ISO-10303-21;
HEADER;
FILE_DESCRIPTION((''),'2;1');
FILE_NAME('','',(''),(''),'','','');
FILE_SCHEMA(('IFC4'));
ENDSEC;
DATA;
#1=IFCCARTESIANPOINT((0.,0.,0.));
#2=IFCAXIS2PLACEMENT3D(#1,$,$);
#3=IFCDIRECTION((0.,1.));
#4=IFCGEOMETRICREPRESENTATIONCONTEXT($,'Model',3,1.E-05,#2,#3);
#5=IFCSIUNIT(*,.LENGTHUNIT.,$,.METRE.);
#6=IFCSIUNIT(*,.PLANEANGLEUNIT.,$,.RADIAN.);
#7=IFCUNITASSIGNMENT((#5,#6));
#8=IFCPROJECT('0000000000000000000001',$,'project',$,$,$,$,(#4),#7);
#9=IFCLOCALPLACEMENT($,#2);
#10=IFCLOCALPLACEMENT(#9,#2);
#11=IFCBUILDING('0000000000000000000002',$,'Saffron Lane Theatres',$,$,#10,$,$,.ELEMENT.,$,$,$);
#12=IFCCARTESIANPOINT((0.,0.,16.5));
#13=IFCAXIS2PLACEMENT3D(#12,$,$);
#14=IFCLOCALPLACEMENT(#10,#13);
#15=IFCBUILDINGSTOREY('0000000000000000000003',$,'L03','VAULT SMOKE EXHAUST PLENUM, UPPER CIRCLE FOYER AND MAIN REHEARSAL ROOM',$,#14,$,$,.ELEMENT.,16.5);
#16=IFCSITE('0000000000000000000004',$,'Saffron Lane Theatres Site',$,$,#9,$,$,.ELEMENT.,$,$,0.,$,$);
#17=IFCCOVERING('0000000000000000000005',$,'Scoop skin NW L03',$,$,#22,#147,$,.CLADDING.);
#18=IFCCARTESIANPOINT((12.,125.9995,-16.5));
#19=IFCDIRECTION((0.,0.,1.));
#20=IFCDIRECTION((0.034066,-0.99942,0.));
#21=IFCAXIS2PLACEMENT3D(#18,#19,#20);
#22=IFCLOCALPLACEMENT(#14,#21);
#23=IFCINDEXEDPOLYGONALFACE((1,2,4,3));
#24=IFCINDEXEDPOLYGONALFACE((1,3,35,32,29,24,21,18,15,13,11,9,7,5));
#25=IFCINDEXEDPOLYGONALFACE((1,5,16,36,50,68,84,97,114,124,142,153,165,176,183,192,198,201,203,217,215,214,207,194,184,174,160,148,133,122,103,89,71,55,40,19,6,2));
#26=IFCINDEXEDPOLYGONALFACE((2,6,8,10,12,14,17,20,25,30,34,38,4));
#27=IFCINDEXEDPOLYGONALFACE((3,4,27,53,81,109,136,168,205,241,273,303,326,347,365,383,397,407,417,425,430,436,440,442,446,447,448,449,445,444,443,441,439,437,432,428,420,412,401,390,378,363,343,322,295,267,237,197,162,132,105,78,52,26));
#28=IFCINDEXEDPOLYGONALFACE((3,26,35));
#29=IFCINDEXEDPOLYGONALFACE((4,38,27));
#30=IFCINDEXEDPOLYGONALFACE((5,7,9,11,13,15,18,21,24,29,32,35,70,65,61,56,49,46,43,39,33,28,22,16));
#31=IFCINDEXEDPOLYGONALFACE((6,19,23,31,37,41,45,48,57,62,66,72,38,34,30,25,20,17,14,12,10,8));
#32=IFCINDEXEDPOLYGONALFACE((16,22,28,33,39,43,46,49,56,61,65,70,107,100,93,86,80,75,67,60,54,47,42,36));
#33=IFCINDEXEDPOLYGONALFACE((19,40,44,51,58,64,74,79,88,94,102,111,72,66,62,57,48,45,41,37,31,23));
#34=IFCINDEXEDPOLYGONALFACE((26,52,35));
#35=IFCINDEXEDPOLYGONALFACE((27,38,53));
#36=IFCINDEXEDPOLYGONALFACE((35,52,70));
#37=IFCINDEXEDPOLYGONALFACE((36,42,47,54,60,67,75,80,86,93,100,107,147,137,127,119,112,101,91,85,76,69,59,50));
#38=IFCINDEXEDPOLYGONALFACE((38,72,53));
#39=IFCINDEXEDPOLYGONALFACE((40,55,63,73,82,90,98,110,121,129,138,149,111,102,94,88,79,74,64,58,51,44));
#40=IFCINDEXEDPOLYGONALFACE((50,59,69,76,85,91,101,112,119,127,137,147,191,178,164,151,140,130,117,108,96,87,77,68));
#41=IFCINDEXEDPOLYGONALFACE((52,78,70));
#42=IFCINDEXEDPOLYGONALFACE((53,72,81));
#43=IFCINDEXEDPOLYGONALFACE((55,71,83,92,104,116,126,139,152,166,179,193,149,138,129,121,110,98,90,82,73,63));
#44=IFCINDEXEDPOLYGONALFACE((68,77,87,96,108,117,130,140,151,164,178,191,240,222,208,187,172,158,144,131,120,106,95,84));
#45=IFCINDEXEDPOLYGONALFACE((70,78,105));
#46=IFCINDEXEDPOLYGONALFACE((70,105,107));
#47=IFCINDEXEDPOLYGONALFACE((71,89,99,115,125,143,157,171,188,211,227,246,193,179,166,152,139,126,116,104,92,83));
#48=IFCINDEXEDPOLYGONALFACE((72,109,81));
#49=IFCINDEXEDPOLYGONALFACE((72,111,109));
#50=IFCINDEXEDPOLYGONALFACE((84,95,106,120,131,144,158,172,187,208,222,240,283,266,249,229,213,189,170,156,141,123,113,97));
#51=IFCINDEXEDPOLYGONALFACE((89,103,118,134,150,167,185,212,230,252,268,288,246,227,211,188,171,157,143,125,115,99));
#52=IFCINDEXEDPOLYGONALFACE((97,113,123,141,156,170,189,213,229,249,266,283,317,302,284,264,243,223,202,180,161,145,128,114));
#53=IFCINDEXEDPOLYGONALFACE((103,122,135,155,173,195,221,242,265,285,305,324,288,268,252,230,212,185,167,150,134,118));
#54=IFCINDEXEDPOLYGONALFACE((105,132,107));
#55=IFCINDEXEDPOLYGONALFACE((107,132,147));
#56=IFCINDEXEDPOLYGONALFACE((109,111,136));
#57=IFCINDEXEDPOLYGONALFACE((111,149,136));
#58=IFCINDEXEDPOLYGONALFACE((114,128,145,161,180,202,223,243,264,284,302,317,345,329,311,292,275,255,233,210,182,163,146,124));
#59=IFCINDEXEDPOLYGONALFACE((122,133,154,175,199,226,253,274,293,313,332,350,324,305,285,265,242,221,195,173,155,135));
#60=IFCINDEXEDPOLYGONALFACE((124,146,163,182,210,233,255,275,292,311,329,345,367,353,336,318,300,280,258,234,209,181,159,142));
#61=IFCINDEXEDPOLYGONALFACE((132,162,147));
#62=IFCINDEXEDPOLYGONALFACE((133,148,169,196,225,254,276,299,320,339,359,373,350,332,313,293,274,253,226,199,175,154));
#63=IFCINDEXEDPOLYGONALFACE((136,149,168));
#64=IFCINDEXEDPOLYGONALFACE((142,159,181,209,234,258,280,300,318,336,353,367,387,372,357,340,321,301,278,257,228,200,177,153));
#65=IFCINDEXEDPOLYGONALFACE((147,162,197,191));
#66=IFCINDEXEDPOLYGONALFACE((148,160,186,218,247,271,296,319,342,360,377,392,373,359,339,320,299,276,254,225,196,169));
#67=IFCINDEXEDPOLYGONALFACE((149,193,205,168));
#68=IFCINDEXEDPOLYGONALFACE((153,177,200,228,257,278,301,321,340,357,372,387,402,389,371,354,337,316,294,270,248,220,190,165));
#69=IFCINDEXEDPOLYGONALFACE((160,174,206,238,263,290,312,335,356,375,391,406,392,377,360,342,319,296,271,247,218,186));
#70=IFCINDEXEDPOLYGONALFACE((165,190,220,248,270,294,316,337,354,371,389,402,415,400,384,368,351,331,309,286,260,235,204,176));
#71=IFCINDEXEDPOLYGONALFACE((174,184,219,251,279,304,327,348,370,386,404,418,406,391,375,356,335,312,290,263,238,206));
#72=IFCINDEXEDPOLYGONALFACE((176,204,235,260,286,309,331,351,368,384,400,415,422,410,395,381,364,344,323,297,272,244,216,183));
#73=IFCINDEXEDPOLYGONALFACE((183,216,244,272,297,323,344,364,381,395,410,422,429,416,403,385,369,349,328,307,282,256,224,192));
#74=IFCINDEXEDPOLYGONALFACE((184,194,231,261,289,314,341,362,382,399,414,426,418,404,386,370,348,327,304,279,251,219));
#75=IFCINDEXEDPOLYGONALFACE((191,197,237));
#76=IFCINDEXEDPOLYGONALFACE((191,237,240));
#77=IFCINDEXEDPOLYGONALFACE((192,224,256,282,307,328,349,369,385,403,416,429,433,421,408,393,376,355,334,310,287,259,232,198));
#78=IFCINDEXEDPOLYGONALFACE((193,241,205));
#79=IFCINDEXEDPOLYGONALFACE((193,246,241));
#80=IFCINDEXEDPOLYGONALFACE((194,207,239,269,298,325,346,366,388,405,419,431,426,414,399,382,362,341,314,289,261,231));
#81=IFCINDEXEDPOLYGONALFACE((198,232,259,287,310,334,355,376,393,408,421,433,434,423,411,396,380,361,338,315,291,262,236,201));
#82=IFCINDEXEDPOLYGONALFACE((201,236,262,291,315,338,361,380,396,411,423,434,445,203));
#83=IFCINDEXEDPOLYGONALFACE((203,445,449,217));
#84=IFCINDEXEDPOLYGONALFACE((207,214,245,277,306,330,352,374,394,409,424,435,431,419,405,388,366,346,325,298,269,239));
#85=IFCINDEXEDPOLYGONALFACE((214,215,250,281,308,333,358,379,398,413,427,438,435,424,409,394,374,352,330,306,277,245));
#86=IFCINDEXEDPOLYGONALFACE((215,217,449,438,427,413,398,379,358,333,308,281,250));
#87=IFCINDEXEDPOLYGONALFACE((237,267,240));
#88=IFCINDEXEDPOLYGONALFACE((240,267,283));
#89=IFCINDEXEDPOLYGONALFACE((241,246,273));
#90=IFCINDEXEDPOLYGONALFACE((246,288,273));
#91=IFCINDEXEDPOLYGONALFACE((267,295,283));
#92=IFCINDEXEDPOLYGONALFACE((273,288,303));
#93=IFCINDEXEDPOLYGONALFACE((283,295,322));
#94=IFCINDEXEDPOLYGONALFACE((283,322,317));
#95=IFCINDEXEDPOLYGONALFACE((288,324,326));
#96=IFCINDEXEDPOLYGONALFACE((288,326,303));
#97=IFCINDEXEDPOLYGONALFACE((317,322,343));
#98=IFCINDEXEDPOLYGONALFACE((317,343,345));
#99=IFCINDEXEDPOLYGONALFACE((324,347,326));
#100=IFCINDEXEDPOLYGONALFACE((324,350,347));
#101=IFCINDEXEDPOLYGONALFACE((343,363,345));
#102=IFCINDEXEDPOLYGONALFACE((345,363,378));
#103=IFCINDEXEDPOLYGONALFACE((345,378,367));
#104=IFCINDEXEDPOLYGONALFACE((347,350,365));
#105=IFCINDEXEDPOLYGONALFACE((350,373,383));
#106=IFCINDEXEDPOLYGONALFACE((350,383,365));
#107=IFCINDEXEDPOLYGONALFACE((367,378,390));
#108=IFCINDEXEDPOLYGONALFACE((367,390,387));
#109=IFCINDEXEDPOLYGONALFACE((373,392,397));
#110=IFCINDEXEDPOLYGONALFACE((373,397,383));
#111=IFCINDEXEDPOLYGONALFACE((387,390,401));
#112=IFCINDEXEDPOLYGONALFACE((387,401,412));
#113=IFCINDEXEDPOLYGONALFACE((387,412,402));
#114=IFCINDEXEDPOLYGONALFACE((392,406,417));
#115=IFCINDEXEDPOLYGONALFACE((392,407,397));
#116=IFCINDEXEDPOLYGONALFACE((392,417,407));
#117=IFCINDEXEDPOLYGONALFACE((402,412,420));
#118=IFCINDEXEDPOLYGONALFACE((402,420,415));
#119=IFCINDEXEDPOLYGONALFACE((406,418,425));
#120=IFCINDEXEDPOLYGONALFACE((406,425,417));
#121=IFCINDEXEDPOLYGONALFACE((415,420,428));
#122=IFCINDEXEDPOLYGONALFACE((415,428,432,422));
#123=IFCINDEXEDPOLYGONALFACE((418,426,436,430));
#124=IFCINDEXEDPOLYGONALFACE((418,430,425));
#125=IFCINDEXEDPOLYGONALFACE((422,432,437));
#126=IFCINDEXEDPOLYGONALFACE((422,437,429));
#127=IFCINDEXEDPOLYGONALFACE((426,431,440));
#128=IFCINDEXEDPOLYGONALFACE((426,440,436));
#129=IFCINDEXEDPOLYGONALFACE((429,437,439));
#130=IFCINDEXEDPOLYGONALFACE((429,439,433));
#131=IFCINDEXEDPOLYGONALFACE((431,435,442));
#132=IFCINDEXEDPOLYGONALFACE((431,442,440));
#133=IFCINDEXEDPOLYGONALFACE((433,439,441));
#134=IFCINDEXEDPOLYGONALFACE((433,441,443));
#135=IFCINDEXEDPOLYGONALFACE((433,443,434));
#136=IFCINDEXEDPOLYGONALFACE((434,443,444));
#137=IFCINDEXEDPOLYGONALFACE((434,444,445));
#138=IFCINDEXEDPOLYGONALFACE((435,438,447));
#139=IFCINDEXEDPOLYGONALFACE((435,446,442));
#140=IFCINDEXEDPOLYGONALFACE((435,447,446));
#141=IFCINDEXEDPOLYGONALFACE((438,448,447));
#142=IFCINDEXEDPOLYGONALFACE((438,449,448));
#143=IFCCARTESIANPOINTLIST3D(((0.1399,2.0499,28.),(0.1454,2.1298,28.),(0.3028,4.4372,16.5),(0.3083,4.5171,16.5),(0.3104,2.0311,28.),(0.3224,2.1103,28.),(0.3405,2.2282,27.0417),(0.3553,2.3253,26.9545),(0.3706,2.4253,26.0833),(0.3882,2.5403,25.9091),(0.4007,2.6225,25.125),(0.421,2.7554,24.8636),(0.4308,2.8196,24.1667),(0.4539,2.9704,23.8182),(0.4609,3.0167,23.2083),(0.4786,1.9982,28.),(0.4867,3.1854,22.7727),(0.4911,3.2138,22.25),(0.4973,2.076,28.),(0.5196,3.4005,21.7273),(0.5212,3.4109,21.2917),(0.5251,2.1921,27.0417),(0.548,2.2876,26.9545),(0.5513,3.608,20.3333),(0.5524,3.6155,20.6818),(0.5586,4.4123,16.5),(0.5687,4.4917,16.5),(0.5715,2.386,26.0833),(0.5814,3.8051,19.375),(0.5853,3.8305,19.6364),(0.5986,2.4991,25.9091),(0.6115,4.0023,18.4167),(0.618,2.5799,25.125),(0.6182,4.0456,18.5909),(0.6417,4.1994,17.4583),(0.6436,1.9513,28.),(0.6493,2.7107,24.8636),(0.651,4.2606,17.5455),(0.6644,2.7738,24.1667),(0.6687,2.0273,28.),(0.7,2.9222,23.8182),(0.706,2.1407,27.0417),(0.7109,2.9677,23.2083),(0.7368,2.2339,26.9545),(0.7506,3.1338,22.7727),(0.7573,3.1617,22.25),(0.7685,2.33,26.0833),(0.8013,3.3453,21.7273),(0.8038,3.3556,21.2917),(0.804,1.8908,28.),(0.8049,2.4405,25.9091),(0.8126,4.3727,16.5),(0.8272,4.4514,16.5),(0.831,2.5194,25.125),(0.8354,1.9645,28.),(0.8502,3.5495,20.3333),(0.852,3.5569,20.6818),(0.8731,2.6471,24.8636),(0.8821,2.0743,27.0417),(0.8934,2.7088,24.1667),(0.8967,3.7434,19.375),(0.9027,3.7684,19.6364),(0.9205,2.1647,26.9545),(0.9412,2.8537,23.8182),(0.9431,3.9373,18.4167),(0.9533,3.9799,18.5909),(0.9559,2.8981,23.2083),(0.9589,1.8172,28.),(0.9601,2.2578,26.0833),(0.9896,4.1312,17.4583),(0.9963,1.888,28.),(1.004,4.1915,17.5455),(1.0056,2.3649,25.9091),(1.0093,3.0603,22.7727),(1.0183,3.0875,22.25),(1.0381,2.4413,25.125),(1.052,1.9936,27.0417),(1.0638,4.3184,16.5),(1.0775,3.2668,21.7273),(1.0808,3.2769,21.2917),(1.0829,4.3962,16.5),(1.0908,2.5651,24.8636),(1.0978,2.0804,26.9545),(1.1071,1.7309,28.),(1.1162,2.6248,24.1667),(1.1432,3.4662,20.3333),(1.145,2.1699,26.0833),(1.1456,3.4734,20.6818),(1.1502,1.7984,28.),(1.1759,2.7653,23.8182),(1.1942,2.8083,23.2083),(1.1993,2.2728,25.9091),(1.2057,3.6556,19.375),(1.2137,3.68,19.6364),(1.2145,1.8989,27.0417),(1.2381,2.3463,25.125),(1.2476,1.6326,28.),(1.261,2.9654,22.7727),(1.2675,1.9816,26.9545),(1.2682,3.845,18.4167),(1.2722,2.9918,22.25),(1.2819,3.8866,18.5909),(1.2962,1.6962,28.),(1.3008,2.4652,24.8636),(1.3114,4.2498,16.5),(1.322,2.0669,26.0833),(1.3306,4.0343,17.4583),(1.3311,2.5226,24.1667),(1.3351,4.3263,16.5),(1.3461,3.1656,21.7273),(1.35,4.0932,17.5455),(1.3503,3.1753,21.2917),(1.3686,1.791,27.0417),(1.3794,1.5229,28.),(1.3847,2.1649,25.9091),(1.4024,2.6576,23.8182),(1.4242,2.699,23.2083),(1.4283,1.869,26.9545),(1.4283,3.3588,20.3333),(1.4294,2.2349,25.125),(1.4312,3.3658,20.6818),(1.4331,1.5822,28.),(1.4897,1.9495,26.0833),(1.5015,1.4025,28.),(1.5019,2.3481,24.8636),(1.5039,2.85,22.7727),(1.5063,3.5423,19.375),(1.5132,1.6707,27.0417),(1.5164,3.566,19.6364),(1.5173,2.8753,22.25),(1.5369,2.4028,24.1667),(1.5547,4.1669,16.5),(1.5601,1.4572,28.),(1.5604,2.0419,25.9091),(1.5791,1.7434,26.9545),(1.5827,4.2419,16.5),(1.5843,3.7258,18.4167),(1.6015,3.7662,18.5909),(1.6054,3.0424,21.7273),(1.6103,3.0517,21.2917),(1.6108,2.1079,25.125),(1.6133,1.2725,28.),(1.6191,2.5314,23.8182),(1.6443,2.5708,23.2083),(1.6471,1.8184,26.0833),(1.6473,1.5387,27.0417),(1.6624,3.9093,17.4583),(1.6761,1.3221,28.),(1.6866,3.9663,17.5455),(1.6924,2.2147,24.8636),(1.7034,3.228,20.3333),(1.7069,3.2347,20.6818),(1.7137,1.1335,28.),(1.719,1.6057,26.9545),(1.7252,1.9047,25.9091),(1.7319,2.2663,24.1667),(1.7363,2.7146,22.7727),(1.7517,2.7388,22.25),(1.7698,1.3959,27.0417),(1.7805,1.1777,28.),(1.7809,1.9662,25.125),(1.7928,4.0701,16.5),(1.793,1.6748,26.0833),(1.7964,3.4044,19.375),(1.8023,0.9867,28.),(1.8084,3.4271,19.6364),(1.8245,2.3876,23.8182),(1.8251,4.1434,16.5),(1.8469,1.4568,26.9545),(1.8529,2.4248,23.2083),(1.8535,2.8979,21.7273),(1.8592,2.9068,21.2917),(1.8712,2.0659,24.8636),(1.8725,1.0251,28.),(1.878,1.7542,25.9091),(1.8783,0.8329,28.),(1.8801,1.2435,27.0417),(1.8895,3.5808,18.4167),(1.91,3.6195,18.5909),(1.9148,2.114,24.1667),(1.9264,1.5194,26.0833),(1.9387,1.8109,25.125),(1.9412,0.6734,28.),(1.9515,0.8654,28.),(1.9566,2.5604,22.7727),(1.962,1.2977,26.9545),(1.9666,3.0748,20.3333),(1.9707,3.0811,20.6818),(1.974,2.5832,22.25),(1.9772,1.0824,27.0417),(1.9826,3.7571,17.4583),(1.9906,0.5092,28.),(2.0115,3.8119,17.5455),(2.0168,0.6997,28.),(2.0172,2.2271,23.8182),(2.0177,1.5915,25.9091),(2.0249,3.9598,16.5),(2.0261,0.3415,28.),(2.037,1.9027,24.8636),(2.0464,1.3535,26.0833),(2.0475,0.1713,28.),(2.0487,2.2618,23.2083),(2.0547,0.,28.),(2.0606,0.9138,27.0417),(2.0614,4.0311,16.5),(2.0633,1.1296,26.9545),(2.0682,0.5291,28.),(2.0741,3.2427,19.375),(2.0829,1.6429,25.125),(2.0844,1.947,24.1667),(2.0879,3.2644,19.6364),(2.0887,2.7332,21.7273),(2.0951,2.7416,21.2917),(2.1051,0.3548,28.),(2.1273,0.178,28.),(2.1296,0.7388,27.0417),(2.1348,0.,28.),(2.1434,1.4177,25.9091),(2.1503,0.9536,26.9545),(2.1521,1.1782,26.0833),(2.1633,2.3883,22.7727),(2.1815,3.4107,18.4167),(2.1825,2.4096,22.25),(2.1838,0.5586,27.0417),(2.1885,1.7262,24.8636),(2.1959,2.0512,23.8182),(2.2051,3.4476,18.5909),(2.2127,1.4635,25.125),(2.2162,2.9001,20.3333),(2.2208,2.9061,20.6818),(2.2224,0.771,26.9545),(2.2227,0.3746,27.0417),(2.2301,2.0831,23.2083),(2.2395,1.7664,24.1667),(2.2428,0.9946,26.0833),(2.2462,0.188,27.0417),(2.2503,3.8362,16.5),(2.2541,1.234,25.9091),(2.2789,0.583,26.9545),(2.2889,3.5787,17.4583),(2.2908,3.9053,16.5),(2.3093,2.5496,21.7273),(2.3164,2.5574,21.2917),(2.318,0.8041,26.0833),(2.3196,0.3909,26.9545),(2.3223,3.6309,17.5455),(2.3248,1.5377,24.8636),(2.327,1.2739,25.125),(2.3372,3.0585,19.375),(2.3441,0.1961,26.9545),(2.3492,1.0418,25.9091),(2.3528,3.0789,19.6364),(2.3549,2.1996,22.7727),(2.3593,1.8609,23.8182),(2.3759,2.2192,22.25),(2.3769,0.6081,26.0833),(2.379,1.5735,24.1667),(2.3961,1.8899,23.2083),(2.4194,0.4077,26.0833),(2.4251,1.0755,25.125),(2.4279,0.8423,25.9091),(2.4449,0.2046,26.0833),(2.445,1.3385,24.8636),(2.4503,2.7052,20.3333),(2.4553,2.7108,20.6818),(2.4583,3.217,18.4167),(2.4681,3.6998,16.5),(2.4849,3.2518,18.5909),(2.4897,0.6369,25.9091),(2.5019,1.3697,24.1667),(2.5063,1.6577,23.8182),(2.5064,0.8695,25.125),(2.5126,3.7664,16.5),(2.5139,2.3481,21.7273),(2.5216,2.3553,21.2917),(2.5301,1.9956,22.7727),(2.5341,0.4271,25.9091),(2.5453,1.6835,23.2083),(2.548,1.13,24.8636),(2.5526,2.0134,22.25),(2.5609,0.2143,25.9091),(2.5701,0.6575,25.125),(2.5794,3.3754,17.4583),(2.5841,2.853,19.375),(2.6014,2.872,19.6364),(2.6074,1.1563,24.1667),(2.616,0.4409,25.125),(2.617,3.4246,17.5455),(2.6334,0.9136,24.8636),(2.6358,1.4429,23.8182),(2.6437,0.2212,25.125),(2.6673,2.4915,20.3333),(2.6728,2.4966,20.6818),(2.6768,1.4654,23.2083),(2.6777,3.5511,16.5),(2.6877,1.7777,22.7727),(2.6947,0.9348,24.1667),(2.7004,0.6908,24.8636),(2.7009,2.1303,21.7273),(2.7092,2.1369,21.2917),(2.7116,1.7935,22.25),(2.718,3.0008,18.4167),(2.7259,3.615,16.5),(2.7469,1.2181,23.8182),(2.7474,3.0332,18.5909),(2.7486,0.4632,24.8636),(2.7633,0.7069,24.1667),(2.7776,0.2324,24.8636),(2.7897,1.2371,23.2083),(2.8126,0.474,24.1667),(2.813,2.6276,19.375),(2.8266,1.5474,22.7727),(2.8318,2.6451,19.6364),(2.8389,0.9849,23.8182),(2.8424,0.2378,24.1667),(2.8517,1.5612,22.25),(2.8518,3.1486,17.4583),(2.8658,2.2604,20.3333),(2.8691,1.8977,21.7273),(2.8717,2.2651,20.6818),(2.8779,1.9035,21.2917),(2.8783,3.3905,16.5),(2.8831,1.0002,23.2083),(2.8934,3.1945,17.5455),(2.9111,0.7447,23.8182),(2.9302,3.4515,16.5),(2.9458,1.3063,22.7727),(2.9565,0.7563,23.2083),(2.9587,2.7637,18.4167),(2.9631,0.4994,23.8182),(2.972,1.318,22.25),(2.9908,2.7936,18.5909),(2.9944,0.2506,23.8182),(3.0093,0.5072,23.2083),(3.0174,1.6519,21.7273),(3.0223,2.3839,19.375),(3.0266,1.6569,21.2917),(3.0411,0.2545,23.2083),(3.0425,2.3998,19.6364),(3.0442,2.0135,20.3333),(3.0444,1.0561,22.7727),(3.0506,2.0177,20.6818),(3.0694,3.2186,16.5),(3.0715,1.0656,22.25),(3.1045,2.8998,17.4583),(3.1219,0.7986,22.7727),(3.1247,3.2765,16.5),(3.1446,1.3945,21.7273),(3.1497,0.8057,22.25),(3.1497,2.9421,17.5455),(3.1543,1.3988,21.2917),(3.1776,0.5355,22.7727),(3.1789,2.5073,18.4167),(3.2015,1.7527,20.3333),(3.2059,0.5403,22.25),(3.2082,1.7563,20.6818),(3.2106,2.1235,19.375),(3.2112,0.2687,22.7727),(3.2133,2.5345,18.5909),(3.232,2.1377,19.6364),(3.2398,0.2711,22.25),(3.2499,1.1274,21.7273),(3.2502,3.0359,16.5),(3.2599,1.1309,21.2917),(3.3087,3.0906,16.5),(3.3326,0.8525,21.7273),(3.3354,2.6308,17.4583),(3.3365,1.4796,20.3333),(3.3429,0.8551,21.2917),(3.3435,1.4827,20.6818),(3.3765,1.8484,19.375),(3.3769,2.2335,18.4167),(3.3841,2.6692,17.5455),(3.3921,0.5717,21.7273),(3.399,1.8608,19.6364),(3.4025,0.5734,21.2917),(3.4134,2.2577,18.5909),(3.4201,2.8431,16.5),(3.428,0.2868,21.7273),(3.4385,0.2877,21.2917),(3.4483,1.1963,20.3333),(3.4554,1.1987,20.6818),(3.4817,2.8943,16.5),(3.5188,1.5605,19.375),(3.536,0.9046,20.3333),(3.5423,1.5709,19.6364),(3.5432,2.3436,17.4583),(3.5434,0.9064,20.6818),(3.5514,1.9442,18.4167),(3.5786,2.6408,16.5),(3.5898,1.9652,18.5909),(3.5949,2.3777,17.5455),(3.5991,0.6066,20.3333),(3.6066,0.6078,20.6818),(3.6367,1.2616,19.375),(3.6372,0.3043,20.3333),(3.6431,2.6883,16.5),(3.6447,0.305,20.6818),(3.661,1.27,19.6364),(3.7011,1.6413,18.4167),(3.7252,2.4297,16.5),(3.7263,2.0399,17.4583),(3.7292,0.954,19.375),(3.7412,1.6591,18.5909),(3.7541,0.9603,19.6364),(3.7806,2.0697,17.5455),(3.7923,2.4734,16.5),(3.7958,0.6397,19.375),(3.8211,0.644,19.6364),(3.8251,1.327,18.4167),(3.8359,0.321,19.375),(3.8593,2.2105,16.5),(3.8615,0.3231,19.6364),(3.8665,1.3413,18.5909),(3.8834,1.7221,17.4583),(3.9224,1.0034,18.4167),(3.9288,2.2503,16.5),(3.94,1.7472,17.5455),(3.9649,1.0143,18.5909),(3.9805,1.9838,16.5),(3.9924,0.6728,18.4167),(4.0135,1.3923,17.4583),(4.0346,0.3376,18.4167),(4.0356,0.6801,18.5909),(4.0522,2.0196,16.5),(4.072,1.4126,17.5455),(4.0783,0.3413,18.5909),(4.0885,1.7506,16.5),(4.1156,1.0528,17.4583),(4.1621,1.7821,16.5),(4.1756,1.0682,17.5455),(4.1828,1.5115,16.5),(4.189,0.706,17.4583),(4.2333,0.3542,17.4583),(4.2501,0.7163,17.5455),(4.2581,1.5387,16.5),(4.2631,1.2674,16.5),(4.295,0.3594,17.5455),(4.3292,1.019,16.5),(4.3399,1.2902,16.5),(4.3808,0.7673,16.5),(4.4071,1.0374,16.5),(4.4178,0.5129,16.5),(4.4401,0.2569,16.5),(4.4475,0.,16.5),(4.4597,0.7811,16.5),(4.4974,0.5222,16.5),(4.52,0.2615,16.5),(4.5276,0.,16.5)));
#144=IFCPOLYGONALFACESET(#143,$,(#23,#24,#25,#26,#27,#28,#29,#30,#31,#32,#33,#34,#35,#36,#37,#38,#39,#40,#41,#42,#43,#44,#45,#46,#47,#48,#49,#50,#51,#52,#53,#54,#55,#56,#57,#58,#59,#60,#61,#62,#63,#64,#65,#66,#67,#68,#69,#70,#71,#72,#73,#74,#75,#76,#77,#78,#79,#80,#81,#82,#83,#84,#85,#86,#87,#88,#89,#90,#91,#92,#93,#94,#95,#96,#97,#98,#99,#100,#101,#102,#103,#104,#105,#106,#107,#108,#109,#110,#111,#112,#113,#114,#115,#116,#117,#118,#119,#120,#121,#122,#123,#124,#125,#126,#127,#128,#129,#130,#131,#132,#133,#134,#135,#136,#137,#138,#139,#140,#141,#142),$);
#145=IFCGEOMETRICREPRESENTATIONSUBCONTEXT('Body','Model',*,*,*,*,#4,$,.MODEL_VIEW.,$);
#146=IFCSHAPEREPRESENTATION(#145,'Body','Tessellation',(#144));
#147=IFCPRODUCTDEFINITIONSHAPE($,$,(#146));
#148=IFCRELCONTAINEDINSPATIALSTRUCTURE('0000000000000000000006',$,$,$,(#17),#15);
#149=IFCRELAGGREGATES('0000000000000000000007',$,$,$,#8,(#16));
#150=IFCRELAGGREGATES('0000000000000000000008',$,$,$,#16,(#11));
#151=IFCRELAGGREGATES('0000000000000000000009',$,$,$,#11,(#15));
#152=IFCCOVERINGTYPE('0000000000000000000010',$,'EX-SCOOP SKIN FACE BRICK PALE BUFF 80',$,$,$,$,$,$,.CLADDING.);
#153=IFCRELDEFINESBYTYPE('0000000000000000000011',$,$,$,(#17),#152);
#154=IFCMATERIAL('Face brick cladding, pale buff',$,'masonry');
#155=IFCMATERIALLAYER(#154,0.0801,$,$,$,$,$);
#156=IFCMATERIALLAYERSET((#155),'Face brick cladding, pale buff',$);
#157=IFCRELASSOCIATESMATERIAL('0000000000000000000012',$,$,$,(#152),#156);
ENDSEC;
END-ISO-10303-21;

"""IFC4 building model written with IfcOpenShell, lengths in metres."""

from ifc_helpers import new_model, entity, si_unit, direction, frame, origin, place, context, subcontext, project, spatial, material, layer, layer_set, type_object, element, save


model = new_model("IFC4")

# Units and contexts
model_context = context("Model", 3, precision=1e-05, world=origin(), true_north=direction((0.0, 1.0)))
body_context = subcontext(model_context, "Body", "Model", "MODEL_VIEW")
ifc_project = project(units=[si_unit("LENGTHUNIT", "METRE"), si_unit("PLANEANGLEUNIT", "RADIAN")], contexts=[model_context])

# Site, building, storey
site_placement = place(None, origin())
site = spatial("IfcSite", under=ifc_project, at=site_placement, Name="Saffron Lane Theatres Site", CompositionType="ELEMENT", RefElevation=0.0)
building_placement = place(site_placement, origin())
building = spatial("IfcBuilding", under=site, at=building_placement, Name="Saffron Lane Theatres", CompositionType="ELEMENT")
storey_placement = place(building_placement, frame((0.0, 0.0, 16.5)))
storey = spatial("IfcBuildingStorey", under=building, at=storey_placement, Name="L03", Description="VAULT SMOKE EXHAUST PLENUM, UPPER CIRCLE FOYER AND MAIN REHEARSAL ROOM", CompositionType="ELEMENT", Elevation=16.5)

# Covering
ifc_material_1 = material(Name="Face brick cladding, pale buff", Category="masonry")
ifc_layer_1 = layer(ifc_material_1, 0.0801)
ifc_layer_set_1 = layer_set([ifc_layer_1], Name="Face brick cladding, pale buff")
covering_type_1 = type_object("IfcCoveringType", Name="EX-SCOOP SKIN FACE BRICK PALE BUFF 80", PredefinedType="CLADDING", material=ifc_layer_set_1)
covering_1_placement = place(storey_placement, frame((12.0, 125.9995, -16.5), z_axis=(0.0, 0.0, 1.0), x_axis=(0.034066, -0.99942, 0.0)))
cartesian_point_1 = entity("IfcCartesianPoint", [4.4475, 16.5])
cartesian_point_2 = entity("IfcCartesianPoint", [0.0, 0.0, 0.0])
element("IfcCovering", 1, at=covering_1_placement, inside=storey, type_object=covering_type_1, Name="Scoop skin NW L03", PredefinedType="CLADDING", context=body_context, shape_type="SweptSolid", body=[
    entity("IfcRevolvedAreaSolid", entity("IfcArbitraryClosedProfileDef", "AREA", None, entity("IfcPolyline", [cartesian_point_1, entity("IfcCartesianPoint", [4.5276, 16.5]), entity("IfcCartesianPoint", [2.1348, 28.0]), entity("IfcCartesianPoint", [2.0547, 28.0]), cartesian_point_1])), entity("IfcAxis2Placement3D", cartesian_point_2, entity("IfcDirection", [0.0, -1.0, 0.0]), entity("IfcDirection", [1.0, 0.0, 0.0])), entity("IfcAxis1Placement", cartesian_point_2, entity("IfcDirection", [0.0, 1.0, 0.0])), 1.502651),
])

save(model, "model.ifc")
